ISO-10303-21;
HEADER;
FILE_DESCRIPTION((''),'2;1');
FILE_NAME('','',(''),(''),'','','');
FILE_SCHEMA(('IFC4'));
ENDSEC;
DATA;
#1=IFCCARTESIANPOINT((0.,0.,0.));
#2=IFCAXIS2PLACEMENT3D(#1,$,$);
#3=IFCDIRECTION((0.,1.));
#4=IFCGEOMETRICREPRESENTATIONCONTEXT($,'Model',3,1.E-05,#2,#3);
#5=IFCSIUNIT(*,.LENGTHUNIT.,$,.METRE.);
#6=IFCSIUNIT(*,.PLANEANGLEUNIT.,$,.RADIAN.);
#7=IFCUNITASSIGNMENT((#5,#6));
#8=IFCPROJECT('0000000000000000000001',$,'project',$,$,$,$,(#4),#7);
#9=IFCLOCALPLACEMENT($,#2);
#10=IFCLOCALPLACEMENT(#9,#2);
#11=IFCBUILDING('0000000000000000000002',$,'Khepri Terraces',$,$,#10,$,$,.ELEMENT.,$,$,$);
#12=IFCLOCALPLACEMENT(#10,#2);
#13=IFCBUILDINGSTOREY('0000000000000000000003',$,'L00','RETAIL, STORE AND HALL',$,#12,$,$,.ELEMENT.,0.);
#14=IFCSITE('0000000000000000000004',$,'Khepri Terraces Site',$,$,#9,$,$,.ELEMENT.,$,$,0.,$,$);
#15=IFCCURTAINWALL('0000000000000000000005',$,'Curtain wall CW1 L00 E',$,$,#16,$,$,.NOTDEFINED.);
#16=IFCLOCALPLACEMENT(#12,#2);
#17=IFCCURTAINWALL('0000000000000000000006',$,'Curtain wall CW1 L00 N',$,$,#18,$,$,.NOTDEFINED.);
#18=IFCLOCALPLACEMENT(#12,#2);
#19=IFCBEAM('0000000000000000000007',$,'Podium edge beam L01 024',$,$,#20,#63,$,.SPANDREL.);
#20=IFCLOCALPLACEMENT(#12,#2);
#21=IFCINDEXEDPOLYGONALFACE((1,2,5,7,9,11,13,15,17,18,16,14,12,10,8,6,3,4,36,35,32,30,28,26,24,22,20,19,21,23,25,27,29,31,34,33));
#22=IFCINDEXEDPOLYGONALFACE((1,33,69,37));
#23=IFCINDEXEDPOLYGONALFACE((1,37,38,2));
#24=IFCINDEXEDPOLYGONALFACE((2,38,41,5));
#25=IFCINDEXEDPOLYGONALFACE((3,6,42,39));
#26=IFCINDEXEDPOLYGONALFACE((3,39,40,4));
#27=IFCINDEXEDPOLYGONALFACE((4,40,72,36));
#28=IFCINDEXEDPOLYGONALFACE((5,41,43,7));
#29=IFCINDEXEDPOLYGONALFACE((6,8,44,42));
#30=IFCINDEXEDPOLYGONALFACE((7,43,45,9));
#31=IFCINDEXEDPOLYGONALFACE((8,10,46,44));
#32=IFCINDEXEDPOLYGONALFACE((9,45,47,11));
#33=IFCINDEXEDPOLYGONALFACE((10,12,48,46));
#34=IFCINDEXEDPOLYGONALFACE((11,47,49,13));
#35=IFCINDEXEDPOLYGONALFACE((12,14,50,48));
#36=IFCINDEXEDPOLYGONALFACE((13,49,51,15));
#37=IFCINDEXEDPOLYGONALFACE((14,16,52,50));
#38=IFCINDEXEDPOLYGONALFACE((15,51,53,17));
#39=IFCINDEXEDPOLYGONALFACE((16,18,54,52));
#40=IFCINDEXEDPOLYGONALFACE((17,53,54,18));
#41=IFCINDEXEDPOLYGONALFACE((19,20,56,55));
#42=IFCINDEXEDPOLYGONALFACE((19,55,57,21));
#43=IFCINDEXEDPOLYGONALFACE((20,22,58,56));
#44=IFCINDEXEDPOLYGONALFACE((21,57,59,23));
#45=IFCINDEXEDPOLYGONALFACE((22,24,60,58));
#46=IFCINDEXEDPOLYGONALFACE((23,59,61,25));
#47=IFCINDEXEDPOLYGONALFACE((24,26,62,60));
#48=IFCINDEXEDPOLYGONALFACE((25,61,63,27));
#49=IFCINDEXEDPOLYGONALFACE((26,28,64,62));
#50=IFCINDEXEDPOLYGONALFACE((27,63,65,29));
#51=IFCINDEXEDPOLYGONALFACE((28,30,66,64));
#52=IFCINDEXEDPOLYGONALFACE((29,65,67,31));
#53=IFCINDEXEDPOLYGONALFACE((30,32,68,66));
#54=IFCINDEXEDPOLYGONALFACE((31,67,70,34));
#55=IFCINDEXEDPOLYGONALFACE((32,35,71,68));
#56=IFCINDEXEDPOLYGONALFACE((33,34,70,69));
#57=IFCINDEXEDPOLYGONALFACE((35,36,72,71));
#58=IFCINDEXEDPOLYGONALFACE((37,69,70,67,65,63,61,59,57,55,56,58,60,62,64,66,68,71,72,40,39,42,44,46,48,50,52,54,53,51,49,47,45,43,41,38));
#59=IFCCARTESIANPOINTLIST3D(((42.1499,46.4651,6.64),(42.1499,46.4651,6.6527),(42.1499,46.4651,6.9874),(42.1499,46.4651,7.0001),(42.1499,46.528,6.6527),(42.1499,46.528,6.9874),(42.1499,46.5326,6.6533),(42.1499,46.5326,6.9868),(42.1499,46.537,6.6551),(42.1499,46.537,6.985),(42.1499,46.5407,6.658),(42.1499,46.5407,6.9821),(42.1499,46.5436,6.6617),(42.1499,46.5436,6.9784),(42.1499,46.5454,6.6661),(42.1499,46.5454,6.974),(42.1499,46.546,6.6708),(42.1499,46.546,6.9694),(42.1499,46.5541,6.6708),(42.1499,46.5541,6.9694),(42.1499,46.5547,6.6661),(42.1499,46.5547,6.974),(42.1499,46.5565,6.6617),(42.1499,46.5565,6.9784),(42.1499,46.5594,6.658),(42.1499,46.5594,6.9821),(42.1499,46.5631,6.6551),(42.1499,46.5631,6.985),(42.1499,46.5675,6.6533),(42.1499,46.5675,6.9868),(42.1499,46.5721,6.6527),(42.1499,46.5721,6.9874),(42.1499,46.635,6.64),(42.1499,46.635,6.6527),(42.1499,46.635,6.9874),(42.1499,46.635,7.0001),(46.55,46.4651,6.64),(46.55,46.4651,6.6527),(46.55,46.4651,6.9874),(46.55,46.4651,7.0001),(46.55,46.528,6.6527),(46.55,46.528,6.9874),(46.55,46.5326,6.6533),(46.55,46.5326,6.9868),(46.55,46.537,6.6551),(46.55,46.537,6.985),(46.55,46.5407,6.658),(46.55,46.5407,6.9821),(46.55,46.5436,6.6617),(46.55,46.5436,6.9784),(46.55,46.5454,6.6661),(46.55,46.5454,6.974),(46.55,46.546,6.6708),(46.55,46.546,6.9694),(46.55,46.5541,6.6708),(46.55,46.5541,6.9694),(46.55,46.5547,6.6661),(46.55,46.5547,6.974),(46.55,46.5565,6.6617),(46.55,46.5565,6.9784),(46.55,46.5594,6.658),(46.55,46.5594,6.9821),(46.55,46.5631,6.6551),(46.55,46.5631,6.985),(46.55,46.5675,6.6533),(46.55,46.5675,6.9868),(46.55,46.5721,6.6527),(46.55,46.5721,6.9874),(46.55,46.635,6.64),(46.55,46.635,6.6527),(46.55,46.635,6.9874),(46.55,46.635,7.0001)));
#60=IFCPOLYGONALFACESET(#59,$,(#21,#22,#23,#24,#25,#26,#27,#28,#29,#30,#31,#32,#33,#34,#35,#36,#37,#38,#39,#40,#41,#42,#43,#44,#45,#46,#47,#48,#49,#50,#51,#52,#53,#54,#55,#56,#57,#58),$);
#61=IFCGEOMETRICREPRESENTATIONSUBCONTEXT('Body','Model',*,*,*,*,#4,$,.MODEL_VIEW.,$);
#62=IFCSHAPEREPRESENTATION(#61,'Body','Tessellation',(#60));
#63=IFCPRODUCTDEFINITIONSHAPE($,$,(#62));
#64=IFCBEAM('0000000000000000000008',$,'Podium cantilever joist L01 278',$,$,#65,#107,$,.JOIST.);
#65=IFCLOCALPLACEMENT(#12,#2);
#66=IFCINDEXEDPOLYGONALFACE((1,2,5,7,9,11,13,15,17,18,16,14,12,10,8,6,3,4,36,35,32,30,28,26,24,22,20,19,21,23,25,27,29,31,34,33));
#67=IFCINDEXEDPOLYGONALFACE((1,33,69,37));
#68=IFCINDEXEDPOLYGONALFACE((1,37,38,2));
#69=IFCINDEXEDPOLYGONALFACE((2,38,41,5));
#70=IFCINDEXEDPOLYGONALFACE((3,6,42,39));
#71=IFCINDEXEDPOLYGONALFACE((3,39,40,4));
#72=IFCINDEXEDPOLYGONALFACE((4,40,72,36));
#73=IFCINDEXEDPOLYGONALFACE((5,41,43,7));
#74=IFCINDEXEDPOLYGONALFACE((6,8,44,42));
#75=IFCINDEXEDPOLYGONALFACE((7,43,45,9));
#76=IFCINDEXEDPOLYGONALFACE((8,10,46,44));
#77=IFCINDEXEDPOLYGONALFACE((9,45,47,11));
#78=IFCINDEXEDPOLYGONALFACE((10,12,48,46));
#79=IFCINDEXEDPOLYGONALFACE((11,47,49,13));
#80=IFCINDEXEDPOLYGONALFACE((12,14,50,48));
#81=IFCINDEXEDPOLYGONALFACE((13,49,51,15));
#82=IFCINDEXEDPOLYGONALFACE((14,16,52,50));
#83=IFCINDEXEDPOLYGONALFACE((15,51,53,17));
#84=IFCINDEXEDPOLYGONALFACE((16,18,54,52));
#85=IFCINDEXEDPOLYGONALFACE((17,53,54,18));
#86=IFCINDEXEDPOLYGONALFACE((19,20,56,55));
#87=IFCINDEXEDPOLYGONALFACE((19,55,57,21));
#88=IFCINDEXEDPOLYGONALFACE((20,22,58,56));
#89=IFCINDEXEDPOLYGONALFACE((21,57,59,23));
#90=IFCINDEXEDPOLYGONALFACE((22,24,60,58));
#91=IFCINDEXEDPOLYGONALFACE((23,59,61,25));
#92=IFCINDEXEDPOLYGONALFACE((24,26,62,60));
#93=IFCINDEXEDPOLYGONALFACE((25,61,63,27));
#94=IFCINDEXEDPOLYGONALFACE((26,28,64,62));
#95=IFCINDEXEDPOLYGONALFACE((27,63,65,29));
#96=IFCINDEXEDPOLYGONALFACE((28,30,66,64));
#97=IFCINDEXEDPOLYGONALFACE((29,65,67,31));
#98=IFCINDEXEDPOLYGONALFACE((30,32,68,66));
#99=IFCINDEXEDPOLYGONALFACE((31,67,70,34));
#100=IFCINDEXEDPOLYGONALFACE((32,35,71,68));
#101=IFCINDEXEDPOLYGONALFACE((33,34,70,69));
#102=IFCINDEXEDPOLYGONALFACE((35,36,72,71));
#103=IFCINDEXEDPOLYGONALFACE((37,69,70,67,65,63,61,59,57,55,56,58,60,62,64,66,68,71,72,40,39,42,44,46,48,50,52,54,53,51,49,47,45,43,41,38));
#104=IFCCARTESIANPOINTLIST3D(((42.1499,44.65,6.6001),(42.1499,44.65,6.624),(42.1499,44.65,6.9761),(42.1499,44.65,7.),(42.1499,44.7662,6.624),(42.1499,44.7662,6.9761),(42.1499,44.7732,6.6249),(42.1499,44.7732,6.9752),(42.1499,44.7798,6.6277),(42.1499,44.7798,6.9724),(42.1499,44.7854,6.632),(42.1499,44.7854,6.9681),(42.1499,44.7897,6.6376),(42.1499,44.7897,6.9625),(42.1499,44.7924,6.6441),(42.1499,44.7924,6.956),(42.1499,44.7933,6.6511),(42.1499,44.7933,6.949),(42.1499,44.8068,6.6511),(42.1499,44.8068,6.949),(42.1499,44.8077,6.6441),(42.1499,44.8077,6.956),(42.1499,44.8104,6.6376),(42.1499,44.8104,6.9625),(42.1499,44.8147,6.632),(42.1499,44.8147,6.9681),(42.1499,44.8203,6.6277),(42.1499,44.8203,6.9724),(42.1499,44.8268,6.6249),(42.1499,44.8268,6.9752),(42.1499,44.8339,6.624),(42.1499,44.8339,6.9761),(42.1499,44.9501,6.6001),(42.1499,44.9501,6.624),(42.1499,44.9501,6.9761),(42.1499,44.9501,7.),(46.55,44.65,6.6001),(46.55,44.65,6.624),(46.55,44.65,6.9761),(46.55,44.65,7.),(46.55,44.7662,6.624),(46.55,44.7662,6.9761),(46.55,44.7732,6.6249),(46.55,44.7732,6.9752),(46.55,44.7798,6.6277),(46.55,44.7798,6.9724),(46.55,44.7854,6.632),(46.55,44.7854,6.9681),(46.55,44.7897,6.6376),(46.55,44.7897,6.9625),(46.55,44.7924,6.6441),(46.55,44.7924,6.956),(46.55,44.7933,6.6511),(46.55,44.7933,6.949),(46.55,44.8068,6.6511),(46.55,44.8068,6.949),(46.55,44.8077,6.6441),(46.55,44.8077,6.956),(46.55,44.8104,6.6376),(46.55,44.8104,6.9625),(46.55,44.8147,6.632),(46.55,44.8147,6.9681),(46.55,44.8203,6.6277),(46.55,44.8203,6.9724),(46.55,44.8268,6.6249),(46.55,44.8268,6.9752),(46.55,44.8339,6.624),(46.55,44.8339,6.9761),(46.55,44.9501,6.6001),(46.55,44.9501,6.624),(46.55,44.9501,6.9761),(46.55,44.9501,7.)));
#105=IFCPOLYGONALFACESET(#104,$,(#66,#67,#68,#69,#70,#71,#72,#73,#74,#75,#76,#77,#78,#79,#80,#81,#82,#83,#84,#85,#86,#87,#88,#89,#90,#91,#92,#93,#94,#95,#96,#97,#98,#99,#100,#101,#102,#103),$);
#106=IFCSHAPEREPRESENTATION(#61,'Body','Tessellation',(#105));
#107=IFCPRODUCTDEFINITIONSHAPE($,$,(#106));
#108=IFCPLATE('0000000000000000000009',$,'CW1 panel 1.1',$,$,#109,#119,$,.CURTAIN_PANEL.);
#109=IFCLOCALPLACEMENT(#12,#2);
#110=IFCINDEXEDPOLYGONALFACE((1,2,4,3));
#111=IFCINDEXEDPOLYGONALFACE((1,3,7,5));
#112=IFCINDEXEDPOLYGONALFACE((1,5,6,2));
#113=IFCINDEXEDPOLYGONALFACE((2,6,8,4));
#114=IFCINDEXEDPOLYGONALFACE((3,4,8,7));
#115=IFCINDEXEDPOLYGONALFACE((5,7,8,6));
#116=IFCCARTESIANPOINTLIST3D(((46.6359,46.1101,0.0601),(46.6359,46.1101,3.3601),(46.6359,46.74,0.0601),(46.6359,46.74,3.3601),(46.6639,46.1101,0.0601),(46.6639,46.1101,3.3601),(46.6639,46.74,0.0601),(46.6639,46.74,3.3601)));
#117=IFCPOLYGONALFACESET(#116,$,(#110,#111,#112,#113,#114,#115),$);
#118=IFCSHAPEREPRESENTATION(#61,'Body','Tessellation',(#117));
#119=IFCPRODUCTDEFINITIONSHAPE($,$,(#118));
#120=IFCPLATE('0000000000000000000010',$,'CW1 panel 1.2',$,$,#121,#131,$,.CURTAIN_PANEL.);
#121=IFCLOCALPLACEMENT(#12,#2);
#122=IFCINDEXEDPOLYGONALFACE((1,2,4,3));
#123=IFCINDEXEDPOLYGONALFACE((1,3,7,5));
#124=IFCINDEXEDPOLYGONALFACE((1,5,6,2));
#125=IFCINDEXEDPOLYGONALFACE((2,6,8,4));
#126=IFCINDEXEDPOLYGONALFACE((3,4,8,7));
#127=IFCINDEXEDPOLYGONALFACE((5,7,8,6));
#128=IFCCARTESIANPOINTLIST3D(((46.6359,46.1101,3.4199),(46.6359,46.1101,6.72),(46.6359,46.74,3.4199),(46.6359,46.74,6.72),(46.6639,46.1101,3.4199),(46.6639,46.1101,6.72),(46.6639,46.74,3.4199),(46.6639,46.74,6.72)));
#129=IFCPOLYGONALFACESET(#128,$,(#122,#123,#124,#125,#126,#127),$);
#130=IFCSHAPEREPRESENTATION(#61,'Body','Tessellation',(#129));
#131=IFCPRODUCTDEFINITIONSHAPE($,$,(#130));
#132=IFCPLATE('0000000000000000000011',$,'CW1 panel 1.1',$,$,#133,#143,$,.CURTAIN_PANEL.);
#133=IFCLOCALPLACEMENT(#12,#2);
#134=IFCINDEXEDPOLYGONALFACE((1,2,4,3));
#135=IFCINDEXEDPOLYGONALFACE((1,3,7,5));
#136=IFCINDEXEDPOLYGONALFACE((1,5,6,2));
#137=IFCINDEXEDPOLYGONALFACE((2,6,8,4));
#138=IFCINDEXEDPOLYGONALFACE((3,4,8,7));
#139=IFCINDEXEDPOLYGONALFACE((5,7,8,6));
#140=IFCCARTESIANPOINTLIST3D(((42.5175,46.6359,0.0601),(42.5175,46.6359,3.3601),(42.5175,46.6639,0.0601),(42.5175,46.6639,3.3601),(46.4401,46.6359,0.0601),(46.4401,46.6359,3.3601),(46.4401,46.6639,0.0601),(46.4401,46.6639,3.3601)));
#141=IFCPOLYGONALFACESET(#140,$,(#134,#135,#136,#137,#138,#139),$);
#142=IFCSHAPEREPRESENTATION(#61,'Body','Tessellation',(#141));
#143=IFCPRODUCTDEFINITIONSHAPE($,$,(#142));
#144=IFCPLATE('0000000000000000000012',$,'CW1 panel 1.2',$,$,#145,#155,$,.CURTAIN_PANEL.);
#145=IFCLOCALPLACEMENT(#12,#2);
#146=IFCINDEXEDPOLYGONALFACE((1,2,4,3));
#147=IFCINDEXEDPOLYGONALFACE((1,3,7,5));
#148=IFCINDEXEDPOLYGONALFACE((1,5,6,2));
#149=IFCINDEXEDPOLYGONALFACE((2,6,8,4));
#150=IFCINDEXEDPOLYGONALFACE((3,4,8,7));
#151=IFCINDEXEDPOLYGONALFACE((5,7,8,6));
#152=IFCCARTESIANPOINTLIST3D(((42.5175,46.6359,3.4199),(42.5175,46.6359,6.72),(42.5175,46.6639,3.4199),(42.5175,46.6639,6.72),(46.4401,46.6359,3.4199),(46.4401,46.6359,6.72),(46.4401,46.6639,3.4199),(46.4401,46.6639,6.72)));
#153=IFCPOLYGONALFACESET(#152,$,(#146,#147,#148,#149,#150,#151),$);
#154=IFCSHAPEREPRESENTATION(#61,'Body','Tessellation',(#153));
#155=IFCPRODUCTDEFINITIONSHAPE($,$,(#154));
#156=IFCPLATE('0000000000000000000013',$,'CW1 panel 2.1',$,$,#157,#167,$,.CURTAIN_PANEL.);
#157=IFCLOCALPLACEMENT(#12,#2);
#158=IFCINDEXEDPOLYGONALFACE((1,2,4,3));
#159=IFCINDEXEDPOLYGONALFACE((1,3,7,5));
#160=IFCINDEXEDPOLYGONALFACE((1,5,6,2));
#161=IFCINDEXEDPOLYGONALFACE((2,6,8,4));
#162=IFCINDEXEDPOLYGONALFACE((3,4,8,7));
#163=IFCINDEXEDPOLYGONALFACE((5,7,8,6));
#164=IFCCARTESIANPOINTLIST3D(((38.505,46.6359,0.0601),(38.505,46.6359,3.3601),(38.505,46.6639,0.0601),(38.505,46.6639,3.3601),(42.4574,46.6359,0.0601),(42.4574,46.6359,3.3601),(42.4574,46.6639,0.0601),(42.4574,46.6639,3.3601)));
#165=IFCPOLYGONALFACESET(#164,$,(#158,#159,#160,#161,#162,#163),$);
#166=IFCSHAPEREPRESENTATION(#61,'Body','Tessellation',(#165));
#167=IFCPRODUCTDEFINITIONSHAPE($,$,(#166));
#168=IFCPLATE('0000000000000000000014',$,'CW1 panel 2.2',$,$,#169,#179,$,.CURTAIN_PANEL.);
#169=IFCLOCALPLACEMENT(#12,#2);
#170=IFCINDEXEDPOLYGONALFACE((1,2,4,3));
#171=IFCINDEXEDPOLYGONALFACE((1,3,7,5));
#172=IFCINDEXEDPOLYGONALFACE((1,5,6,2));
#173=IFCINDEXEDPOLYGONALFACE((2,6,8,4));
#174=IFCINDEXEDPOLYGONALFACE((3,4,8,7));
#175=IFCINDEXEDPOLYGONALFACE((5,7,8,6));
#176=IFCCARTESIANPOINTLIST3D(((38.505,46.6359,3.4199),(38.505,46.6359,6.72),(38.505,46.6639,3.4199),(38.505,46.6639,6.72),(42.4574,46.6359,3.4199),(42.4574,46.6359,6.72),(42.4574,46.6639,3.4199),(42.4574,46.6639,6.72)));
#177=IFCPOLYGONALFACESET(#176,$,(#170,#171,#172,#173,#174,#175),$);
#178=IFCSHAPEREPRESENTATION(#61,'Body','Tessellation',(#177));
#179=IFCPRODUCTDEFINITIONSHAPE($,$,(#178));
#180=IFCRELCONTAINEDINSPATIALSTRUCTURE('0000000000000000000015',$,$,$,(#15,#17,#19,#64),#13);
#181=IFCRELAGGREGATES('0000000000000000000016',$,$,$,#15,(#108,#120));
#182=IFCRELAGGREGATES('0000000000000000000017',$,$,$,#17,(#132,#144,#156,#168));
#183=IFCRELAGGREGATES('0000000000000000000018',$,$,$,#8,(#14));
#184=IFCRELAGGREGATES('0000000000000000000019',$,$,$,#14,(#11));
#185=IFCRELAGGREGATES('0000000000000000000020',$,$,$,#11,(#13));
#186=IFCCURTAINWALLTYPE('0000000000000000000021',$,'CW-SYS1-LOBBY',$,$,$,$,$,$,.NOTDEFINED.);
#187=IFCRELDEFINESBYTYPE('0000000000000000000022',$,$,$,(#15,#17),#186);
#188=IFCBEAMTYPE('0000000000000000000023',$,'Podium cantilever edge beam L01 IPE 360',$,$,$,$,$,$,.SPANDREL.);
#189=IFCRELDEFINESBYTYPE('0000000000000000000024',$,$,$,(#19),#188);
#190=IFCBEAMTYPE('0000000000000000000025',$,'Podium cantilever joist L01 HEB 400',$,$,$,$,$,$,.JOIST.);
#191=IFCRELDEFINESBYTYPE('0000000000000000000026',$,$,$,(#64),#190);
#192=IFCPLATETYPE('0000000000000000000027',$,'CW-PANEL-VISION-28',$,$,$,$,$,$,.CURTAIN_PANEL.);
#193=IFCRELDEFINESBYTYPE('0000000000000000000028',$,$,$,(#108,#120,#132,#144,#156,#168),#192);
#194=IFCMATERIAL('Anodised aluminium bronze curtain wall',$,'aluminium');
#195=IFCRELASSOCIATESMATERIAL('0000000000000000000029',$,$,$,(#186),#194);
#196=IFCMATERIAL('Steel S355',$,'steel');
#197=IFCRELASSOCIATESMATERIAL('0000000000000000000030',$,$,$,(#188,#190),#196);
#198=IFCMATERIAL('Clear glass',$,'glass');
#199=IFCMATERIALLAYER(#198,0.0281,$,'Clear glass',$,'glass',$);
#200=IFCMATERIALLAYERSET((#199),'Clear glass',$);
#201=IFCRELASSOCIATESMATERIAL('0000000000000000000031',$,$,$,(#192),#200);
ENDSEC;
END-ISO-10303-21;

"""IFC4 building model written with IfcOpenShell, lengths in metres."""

from ifc_helpers import new_model, si_unit, direction, frame, origin, origin_2d, place, context, subcontext, project, spatial, rectangle, i_section, extrude, material, layer, layer_set, material_profile, profile_set, type_object, element, aggregate, save


model = new_model("IFC4")

# Units and contexts
model_context = context("Model", 3, precision=1e-05, world=origin(), true_north=direction((0.0, 1.0)))
body_context = subcontext(model_context, "Body", "Model", "MODEL_VIEW")
ifc_project = project(units=[si_unit("LENGTHUNIT", "METRE"), si_unit("PLANEANGLEUNIT", "RADIAN")], contexts=[model_context])

# Site, building, storey
site_placement = place(None, origin())
site = spatial("IfcSite", under=ifc_project, at=site_placement, Name="Khepri Terraces Site", CompositionType="ELEMENT", RefElevation=0.0)
building_placement = place(site_placement, origin())
building = spatial("IfcBuilding", under=site, at=building_placement, Name="Khepri Terraces", CompositionType="ELEMENT")
storey_placement = place(building_placement, origin())
storey = spatial("IfcBuildingStorey", under=building, at=storey_placement, Name="L00", Description="RETAIL, STORE AND HALL", CompositionType="ELEMENT", Elevation=0.0)

# Curtain walls
ifc_material_1 = material(Name="Anodised aluminium bronze curtain wall", Category="aluminium")
curtain_wall_type = type_object("IfcCurtainWallType", Name="CW-SYS1-LOBBY", PredefinedType="NOTDEFINED", material=ifc_material_1)
curtain_wall_1_placement = place(storey_placement, origin())
curtain_wall_1 = element("IfcCurtainWall", 1, at=curtain_wall_1_placement, inside=storey, type_object=curtain_wall_type, Name="Curtain wall CW1 L00 E", PredefinedType="NOTDEFINED")
curtain_wall_2_placement = place(storey_placement, origin())
curtain_wall_2 = element("IfcCurtainWall", 2, at=curtain_wall_2_placement, inside=storey, type_object=curtain_wall_type, Name="Curtain wall CW1 L00 N", PredefinedType="NOTDEFINED")

# Beams
ifc_material_2 = material(Name="Steel S355", Category="steel")
ifc_material_profile_1 = material_profile(ifc_material_2, i_section(OverallWidth=0.1699, OverallDepth=0.3601, WebThickness=0.0081, FlangeThickness=0.0127, FilletRadius=0.0181, at=origin_2d()), Name="Steel S355", Category="steel")
ifc_profile_set_1 = profile_set([ifc_material_profile_1], Name="Steel S355")
beam_type_1 = type_object("IfcBeamType", Name="Podium cantilever edge beam L01 IPE 360", PredefinedType="SPANDREL", material=ifc_profile_set_1)
beam_1_placement = place(storey_placement, frame((42.1499, 46.55, 6.8201), z_axis=(1.0, 0.0, 0.0), x_axis=(0.0, 1.0, 0.0)))
element("IfcBeam", 3, at=beam_1_placement, inside=storey, type_object=beam_type_1, Name="Podium edge beam L01 024", PredefinedType="SPANDREL", context=body_context, shape_type="SweptSolid", body=[
    extrude(i_section(OverallWidth=0.1699, OverallDepth=0.3601, WebThickness=0.0081, FlangeThickness=0.0127, FilletRadius=0.0181, at=origin_2d()), origin(), (0.0, 0.0, 1.0), 4.4001),
])
ifc_material_profile_2 = material_profile(ifc_material_2, i_section(OverallWidth=0.3, OverallDepth=0.3999, WebThickness=0.0134, FlangeThickness=0.0239, FilletRadius=0.0271, at=origin_2d()), Name="Steel S355", Category="steel")
ifc_profile_set_2 = profile_set([ifc_material_profile_2], Name="Steel S355")
beam_type_2 = type_object("IfcBeamType", Name="Podium cantilever joist L01 HEB 400", PredefinedType="JOIST", material=ifc_profile_set_2)
beam_2_placement = place(storey_placement, frame((42.1499, 44.8, 6.8), z_axis=(1.0, 0.0, 0.0), x_axis=(0.0, 1.0, 0.0)))
element("IfcBeam", 4, at=beam_2_placement, inside=storey, type_object=beam_type_2, Name="Podium cantilever joist L01 278", PredefinedType="JOIST", context=body_context, shape_type="SweptSolid", body=[
    extrude(i_section(OverallWidth=0.3, OverallDepth=0.3999, WebThickness=0.0134, FlangeThickness=0.0239, FilletRadius=0.0271, at=origin_2d()), origin(), (0.0, 0.0, 1.0), 4.4001),
])

# Plates
ifc_material_3 = material(Name="Clear glass", Category="glass")
ifc_layer = layer(ifc_material_3, 0.0281, Name="Clear glass", Category="glass")
ifc_layer_set = layer_set([ifc_layer], Name="Clear glass")
plate_type = type_object("IfcPlateType", Name="CW-PANEL-VISION-28", PredefinedType="CURTAIN_PANEL", material=ifc_layer_set)
plate_1_placement = place(storey_placement, frame((46.6499, 46.425, 0.0601), z_axis=(0.0, 0.0, 1.0), x_axis=(0.0, 1.0, 0.0)))
plate_1 = element("IfcPlate", 5, at=plate_1_placement, type_object=plate_type, Name="CW1 panel 1.1", PredefinedType="CURTAIN_PANEL", context=body_context, shape_type="SweptSolid", body=[
    extrude(rectangle(XDim=0.6299, YDim=0.0281, at=origin_2d()), origin(), (0.0, 0.0, 1.0), 3.3),
])
plate_2_placement = place(storey_placement, frame((46.6499, 46.425, 3.4199), z_axis=(0.0, 0.0, 1.0), x_axis=(0.0, 1.0, 0.0)))
plate_2 = element("IfcPlate", 6, at=plate_2_placement, type_object=plate_type, Name="CW1 panel 1.2", PredefinedType="CURTAIN_PANEL", context=body_context, shape_type="SweptSolid", body=[
    extrude(rectangle(XDim=0.6299, YDim=0.0281, at=origin_2d()), origin(), (0.0, 0.0, 1.0), 3.3),
])
aggregate(curtain_wall_1, [plate_1, plate_2])
plate_3_placement = place(storey_placement, frame((44.4788, 46.6499, 0.0601), z_axis=(0.0, 0.0, 1.0), x_axis=(-1.0, 0.0, 0.0)))
plate_3 = element("IfcPlate", 7, at=plate_3_placement, type_object=plate_type, Name="CW1 panel 1.1", PredefinedType="CURTAIN_PANEL", context=body_context, shape_type="SweptSolid", body=[
    extrude(rectangle(XDim=3.9226, YDim=0.0281, at=origin_2d()), origin(), (0.0, 0.0, 1.0), 3.3),
])
plate_4_placement = place(storey_placement, frame((44.4788, 46.6499, 3.4199), z_axis=(0.0, 0.0, 1.0), x_axis=(-1.0, 0.0, 0.0)))
plate_4 = element("IfcPlate", 8, at=plate_4_placement, type_object=plate_type, Name="CW1 panel 1.2", PredefinedType="CURTAIN_PANEL", context=body_context, shape_type="SweptSolid", body=[
    extrude(rectangle(XDim=3.9226, YDim=0.0281, at=origin_2d()), origin(), (0.0, 0.0, 1.0), 3.3),
])
plate_5_placement = place(storey_placement, frame((40.4812, 46.6499, 0.0601), z_axis=(0.0, 0.0, 1.0), x_axis=(-1.0, 0.0, 0.0)))
plate_5 = element("IfcPlate", 9, at=plate_5_placement, type_object=plate_type, Name="CW1 panel 2.1", PredefinedType="CURTAIN_PANEL", context=body_context, shape_type="SweptSolid", body=[
    extrude(rectangle(XDim=3.9524, YDim=0.0281, at=origin_2d()), origin(), (0.0, 0.0, 1.0), 3.3),
])
plate_6_placement = place(storey_placement, frame((40.4812, 46.6499, 3.4199), z_axis=(0.0, 0.0, 1.0), x_axis=(-1.0, 0.0, 0.0)))
plate_6 = element("IfcPlate", 10, at=plate_6_placement, type_object=plate_type, Name="CW1 panel 2.2", PredefinedType="CURTAIN_PANEL", context=body_context, shape_type="SweptSolid", body=[
    extrude(rectangle(XDim=3.9524, YDim=0.0281, at=origin_2d()), origin(), (0.0, 0.0, 1.0), 3.3),
])
aggregate(curtain_wall_2, [plate_3, plate_4, plate_5, plate_6])

save(model, "model.ifc")
